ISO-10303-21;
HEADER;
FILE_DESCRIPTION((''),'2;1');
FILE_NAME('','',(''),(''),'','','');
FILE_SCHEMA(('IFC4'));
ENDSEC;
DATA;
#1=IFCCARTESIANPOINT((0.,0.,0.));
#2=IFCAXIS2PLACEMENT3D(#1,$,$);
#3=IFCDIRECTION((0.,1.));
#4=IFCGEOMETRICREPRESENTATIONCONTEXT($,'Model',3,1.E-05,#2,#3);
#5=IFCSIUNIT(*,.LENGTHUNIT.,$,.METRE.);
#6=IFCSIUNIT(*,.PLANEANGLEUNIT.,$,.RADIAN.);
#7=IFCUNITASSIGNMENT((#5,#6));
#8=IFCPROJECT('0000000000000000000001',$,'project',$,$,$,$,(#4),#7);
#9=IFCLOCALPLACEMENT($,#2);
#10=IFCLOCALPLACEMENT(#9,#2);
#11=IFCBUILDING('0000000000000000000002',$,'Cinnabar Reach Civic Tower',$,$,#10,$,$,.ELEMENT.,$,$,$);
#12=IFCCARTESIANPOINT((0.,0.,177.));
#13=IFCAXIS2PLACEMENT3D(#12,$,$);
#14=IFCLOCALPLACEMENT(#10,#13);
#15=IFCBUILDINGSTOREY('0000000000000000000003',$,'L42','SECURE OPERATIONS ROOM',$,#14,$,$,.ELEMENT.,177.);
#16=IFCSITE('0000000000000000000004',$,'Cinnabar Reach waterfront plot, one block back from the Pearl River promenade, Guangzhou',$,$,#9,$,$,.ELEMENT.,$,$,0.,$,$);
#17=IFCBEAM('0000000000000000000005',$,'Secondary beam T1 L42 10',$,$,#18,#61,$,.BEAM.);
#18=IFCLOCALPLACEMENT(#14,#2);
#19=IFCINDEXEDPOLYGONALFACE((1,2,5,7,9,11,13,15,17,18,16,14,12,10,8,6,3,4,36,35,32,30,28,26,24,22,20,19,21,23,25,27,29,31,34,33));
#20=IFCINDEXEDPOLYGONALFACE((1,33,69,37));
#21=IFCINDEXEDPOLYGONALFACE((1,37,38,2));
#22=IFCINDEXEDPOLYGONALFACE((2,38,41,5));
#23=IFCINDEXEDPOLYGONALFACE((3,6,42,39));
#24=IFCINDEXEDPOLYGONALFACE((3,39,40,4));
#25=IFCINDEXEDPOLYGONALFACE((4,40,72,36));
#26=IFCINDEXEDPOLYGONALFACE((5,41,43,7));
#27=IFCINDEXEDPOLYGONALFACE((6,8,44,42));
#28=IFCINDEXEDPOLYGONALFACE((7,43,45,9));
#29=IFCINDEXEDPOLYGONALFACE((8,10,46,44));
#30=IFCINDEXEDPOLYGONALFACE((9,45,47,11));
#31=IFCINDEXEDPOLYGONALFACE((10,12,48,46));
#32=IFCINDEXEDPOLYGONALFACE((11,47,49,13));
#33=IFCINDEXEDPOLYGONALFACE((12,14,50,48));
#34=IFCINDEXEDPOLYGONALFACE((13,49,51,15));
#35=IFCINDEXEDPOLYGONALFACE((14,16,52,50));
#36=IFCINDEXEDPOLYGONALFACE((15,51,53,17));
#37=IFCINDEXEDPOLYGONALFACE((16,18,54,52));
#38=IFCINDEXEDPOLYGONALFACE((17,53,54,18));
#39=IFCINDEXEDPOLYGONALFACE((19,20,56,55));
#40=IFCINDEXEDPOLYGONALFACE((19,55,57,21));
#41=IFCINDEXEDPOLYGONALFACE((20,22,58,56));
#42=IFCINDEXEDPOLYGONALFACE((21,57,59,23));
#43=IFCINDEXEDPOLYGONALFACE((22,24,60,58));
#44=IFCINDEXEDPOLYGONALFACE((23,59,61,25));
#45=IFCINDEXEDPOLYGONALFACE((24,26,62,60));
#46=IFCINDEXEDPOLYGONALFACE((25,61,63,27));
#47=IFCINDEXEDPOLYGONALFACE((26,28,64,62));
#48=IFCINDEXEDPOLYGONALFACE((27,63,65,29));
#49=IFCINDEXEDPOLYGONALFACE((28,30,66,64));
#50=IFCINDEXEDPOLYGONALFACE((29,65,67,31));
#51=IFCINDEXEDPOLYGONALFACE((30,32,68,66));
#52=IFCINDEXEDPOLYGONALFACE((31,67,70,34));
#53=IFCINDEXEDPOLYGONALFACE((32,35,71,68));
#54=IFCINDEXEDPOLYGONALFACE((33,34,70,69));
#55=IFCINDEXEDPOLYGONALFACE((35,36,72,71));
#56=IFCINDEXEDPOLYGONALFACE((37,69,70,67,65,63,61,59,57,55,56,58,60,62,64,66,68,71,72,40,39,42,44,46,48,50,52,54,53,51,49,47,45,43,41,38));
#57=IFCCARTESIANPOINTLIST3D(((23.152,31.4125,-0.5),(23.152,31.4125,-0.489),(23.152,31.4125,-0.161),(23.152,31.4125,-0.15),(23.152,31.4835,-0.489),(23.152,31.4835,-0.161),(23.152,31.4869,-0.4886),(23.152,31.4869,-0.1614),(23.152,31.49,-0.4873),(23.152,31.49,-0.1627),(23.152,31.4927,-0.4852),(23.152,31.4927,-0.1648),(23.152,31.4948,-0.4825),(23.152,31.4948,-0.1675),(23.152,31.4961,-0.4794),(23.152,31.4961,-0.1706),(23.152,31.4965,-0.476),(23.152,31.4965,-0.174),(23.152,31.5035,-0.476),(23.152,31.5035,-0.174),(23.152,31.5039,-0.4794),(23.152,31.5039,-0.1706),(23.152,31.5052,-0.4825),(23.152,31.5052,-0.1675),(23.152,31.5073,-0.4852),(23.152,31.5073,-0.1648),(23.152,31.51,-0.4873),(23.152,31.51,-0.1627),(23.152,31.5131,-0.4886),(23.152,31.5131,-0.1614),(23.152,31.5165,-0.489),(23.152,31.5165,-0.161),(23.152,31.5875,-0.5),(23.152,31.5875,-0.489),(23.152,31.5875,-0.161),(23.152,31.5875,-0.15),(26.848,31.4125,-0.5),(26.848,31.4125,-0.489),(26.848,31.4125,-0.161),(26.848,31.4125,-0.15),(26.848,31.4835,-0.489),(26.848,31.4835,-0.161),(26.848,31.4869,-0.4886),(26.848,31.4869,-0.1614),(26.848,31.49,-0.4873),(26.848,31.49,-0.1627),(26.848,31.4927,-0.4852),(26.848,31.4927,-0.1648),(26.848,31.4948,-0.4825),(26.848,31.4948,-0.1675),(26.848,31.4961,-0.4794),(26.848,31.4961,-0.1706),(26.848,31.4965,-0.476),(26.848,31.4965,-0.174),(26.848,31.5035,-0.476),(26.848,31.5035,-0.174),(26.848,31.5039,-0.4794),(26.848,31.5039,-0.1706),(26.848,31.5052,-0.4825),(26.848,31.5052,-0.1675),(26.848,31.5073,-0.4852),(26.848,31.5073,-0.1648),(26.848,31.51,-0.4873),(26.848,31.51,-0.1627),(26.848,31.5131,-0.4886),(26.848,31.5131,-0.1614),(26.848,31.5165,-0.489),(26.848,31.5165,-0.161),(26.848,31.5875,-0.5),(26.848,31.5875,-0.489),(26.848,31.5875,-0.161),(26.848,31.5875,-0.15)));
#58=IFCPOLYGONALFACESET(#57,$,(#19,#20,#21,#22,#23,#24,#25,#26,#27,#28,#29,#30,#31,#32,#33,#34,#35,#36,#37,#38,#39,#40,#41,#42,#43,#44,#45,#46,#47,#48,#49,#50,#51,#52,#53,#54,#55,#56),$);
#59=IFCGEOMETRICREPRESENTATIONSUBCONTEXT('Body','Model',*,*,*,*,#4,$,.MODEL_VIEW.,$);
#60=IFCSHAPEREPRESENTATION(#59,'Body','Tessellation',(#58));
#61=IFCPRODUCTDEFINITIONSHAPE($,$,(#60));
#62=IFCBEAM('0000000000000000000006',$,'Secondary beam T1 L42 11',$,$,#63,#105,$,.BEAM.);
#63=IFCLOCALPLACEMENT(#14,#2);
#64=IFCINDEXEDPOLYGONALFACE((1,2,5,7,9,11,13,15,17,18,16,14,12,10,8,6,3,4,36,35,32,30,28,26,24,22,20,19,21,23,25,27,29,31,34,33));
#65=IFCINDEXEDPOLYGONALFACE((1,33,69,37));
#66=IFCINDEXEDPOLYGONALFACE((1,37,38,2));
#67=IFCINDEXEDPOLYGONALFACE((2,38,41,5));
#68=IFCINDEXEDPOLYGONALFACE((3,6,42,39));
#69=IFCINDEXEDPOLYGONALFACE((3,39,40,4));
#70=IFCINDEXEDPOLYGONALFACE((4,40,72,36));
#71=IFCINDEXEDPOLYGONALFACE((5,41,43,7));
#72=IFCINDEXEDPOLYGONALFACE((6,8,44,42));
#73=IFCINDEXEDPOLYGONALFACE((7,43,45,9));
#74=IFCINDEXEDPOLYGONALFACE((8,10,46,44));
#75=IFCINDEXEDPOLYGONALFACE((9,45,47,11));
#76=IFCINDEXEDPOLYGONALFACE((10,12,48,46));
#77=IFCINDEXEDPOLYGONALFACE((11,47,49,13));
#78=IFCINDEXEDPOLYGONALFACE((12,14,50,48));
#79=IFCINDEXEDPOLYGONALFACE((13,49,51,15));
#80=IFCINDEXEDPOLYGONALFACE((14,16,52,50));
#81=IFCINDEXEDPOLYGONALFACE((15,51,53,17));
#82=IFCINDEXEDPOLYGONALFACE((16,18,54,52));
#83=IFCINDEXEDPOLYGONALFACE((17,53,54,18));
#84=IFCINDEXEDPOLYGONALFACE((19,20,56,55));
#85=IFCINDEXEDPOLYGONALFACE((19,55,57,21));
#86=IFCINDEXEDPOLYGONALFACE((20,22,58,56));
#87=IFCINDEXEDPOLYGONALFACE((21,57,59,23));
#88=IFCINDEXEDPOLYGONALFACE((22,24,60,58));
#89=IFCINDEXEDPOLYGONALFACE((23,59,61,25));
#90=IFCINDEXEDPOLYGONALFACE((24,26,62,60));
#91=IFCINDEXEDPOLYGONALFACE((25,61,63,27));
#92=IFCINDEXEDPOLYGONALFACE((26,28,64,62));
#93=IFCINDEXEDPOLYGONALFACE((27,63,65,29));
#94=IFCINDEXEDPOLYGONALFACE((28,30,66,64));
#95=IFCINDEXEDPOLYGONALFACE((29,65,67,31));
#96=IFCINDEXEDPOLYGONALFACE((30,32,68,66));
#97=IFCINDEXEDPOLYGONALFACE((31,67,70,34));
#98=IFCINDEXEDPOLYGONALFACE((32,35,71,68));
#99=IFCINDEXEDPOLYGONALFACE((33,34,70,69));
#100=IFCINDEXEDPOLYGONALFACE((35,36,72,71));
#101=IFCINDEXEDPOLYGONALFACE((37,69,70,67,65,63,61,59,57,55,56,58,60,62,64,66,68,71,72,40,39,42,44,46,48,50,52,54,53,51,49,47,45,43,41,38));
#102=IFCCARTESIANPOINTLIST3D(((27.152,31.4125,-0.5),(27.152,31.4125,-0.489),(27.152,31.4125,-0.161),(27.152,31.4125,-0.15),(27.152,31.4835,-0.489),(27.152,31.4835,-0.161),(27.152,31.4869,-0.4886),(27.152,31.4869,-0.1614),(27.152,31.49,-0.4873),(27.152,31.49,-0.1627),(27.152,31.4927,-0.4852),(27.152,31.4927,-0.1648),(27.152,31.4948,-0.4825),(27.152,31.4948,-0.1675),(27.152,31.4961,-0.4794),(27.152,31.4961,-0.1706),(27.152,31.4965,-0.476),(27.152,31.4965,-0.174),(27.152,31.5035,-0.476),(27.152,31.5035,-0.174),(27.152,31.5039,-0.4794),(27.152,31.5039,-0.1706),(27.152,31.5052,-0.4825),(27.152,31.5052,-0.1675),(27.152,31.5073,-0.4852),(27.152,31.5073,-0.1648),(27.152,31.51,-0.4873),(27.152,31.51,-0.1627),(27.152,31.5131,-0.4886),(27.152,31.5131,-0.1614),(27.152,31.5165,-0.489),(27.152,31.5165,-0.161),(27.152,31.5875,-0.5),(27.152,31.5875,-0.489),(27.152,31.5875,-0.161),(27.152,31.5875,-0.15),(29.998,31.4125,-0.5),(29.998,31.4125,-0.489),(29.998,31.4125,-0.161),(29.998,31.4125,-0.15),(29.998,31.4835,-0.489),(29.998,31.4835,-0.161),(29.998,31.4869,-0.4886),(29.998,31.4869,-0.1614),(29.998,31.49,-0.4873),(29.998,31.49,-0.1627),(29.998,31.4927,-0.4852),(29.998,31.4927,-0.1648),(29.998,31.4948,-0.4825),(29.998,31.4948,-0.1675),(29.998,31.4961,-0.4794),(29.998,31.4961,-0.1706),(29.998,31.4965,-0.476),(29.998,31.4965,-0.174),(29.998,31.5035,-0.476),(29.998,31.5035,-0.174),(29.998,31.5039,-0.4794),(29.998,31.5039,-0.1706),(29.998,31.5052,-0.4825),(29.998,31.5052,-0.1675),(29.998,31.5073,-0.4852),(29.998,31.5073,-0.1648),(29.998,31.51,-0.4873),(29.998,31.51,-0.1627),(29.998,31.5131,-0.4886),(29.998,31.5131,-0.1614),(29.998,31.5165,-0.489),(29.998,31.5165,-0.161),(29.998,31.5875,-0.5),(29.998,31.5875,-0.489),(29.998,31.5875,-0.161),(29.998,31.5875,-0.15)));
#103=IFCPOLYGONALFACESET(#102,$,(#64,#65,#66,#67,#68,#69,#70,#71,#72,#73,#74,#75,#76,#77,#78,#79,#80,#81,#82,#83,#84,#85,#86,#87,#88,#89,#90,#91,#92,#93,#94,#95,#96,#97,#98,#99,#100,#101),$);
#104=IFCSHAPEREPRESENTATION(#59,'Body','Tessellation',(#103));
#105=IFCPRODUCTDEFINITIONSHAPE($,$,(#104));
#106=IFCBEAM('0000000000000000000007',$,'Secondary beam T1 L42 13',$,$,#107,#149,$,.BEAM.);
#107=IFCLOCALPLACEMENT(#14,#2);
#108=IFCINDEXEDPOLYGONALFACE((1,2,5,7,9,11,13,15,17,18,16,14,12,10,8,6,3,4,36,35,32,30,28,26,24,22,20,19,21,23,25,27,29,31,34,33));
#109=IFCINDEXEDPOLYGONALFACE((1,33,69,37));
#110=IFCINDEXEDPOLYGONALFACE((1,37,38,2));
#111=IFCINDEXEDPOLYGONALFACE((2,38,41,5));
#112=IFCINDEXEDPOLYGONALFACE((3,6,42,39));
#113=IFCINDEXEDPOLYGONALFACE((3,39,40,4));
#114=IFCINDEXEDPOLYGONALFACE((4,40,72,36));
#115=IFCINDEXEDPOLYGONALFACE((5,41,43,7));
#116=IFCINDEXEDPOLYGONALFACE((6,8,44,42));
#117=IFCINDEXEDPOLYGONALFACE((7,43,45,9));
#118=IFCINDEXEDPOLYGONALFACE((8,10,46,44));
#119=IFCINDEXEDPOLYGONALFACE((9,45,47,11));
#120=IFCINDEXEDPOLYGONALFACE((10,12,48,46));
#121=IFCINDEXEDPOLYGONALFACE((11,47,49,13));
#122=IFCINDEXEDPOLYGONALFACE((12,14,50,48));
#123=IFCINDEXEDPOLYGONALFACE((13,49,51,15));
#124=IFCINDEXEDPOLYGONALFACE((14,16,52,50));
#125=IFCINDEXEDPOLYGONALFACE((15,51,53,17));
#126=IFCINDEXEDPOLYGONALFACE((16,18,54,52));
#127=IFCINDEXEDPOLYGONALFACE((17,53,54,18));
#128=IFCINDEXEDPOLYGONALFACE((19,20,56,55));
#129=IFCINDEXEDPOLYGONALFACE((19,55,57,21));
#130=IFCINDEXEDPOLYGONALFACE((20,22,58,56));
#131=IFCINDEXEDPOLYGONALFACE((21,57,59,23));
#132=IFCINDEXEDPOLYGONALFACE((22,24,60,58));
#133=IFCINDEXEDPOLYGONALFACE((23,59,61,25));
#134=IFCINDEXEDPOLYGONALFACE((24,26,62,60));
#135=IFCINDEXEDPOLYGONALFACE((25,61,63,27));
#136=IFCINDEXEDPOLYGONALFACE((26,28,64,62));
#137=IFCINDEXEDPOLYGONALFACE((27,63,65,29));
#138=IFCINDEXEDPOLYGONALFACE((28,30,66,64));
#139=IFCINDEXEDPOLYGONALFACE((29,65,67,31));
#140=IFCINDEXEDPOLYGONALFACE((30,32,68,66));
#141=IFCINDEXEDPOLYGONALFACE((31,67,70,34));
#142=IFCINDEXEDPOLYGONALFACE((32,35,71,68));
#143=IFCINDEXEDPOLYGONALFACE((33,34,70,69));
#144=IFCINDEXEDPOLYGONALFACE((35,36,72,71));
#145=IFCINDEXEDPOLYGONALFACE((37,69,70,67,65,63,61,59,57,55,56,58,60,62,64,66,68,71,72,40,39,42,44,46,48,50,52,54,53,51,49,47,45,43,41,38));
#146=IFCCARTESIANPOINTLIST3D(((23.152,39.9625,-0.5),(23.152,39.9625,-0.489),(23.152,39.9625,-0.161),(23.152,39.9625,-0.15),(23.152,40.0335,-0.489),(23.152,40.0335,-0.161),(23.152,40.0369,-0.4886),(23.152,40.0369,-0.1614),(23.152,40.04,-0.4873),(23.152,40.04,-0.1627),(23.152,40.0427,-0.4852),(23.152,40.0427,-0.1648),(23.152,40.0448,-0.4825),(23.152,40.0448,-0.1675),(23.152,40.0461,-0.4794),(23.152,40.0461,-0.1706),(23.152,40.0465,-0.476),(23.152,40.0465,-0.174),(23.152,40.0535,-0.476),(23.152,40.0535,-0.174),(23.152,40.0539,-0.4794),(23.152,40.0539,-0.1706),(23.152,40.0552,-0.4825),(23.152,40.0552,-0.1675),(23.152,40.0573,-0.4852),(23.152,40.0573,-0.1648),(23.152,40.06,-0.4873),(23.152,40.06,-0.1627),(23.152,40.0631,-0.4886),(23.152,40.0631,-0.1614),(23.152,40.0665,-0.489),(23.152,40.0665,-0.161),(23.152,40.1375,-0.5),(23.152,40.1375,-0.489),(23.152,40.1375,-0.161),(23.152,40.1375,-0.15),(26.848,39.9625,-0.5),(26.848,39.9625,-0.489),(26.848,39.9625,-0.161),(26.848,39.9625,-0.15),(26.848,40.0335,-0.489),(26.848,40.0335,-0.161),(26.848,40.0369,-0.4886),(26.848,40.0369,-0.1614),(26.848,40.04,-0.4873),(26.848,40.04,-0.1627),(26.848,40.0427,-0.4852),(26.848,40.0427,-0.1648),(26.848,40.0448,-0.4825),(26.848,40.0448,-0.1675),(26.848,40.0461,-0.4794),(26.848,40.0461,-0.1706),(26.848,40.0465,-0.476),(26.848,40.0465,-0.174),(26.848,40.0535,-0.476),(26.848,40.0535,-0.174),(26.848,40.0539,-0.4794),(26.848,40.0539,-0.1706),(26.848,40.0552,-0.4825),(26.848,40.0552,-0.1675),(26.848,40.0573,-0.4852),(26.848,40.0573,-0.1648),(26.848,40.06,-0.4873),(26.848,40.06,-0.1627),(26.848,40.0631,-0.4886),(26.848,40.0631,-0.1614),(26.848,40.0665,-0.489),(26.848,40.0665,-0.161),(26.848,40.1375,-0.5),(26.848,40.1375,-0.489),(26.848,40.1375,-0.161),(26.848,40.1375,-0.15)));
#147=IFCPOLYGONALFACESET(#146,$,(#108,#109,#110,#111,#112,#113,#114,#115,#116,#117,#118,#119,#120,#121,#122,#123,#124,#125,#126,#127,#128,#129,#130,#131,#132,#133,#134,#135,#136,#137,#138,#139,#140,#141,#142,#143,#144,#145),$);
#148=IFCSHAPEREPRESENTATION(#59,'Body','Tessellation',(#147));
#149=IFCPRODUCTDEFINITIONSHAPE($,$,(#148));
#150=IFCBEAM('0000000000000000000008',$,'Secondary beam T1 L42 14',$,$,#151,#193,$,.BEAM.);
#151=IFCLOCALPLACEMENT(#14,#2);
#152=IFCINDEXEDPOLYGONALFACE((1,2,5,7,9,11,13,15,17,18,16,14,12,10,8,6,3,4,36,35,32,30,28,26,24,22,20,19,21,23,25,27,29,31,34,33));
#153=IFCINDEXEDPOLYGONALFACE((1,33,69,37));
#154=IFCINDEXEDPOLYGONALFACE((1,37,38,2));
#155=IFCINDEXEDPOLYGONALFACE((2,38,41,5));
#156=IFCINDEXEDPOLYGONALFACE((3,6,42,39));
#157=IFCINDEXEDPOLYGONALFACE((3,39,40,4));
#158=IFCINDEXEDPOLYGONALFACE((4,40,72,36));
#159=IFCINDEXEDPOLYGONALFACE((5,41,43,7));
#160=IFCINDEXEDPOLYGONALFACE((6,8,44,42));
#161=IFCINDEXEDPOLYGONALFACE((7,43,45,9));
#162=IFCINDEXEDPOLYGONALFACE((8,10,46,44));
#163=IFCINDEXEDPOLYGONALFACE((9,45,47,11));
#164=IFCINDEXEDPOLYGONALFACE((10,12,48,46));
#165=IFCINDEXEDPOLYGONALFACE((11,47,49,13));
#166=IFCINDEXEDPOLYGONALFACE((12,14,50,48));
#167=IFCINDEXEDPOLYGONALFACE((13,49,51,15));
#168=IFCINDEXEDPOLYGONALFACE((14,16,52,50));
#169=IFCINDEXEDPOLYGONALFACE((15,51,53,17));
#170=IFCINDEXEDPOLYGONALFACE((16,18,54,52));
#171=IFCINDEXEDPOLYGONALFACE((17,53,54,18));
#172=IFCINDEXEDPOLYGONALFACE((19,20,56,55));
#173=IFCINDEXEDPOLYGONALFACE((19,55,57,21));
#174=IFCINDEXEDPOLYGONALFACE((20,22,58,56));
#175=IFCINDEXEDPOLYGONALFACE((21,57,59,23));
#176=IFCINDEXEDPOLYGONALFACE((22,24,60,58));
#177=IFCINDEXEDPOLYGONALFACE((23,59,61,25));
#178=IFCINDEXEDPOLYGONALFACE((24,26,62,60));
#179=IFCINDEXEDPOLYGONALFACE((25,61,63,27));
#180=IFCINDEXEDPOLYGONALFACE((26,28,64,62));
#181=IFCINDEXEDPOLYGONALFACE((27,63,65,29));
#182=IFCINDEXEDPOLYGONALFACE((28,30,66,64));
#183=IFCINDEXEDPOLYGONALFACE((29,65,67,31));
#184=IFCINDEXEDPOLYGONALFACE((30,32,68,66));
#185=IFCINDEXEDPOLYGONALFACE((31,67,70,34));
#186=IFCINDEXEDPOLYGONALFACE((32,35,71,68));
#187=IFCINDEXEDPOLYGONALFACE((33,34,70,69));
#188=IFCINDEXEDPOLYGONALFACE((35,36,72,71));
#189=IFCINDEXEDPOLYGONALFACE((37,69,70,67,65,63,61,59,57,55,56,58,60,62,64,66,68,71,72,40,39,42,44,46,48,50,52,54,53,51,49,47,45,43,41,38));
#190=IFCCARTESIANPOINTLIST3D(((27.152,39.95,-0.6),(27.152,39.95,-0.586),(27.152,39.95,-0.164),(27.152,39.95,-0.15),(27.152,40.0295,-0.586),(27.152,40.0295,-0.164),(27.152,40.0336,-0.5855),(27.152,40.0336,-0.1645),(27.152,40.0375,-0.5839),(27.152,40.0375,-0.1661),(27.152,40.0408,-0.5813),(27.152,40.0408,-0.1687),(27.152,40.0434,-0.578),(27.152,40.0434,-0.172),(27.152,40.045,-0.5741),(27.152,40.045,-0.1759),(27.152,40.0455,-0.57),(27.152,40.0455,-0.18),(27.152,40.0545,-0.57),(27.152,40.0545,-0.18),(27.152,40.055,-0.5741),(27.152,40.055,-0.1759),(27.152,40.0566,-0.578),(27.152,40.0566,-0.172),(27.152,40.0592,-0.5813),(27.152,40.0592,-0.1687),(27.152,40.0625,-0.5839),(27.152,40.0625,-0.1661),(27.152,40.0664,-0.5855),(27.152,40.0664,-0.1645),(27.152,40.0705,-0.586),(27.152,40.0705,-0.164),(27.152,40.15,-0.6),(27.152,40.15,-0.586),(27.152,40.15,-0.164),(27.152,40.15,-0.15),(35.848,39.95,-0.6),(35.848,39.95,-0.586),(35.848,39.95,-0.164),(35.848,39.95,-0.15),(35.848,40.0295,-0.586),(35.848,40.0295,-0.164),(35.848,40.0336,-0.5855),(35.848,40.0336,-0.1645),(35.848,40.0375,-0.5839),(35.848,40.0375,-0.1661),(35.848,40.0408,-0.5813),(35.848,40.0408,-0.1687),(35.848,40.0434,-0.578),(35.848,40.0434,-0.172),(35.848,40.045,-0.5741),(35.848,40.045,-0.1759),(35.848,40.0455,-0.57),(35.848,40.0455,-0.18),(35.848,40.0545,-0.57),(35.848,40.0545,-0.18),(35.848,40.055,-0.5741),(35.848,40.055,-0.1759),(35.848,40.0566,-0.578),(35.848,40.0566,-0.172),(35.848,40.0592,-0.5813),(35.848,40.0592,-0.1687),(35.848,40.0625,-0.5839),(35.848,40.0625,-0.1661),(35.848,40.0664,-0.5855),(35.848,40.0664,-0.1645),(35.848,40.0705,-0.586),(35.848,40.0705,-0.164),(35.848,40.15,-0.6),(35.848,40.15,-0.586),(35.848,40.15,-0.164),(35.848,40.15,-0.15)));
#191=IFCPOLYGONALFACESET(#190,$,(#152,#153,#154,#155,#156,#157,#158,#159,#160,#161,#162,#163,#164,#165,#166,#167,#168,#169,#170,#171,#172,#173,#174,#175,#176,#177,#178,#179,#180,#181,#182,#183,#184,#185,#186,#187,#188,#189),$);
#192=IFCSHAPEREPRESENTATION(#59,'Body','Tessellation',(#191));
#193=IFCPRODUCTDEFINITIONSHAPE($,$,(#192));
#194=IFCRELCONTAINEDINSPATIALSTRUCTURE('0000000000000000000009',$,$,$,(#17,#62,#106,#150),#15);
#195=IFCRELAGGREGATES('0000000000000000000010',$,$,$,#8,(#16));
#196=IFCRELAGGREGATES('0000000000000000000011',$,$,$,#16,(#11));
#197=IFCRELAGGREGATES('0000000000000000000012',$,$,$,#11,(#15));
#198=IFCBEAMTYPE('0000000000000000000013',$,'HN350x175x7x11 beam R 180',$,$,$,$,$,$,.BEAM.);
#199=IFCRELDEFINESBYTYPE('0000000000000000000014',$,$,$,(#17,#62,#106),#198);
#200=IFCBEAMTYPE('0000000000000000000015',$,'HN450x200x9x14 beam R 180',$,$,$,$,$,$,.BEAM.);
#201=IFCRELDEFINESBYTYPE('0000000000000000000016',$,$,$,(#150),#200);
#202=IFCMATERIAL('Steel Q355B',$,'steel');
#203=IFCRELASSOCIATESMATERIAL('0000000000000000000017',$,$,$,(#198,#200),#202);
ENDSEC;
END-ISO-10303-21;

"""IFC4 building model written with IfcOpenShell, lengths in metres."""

from ifc_helpers import new_model, si_unit, direction, frame, origin, origin_2d, place, context, subcontext, project, spatial, i_section, extrude, material, material_profile, profile_set, type_object, element, save


model = new_model("IFC4")

# Units and contexts
model_context = context("Model", 3, precision=1e-05, world=origin(), true_north=direction((0.0, 1.0)))
body_context = subcontext(model_context, "Body", "Model", "MODEL_VIEW")
ifc_project = project(units=[si_unit("LENGTHUNIT", "METRE"), si_unit("PLANEANGLEUNIT", "RADIAN")], contexts=[model_context])

# Site, building, storey
site_placement = place(None, origin())
site = spatial("IfcSite", under=ifc_project, at=site_placement, Name="Cinnabar Reach waterfront plot, one block back from the Pearl River promenade, Guangzhou", CompositionType="ELEMENT", RefElevation=0.0)
building_placement = place(site_placement, origin())
building = spatial("IfcBuilding", under=site, at=building_placement, Name="Cinnabar Reach Civic Tower", CompositionType="ELEMENT")
storey_placement = place(building_placement, frame((0.0, 0.0, 177.0)))
storey = spatial("IfcBuildingStorey", under=building, at=storey_placement, Name="L42", Description="SECURE OPERATIONS ROOM", CompositionType="ELEMENT", Elevation=177.0)

# Beams
ifc_material_1 = material(Name="Steel Q355B", Category="steel")
ifc_material_profile_1 = material_profile(ifc_material_1, i_section(OverallWidth=0.175, OverallDepth=0.35, WebThickness=0.007, FlangeThickness=0.011, FilletRadius=0.013, at=origin_2d()), Name="HN350x175x7x11")
ifc_profile_set_1 = profile_set([ifc_material_profile_1], Name="Steel Q355B")
beam_type_1 = type_object("IfcBeamType", Name="HN350x175x7x11 beam R 180", PredefinedType="BEAM", material=ifc_profile_set_1)
beam_1_placement = place(storey_placement, frame((23.152, 31.5, -0.325), z_axis=(1.0, 0.0, 0.0), x_axis=(0.0, 1.0, 0.0)))
element("IfcBeam", 1, at=beam_1_placement, inside=storey, type_object=beam_type_1, Name="Secondary beam T1 L42 10", PredefinedType="BEAM", context=body_context, shape_type="SweptSolid", body=[
    extrude(i_section(OverallWidth=0.175, OverallDepth=0.35, WebThickness=0.007, FlangeThickness=0.011, FilletRadius=0.013, at=origin_2d()), origin(), (0.0, 0.0, 1.0), 3.696),
])
beam_2_placement = place(storey_placement, frame((27.152, 31.5, -0.325), z_axis=(1.0, 0.0, 0.0), x_axis=(0.0, 1.0, 0.0)))
element("IfcBeam", 2, at=beam_2_placement, inside=storey, type_object=beam_type_1, Name="Secondary beam T1 L42 11", PredefinedType="BEAM", context=body_context, shape_type="SweptSolid", body=[
    extrude(i_section(OverallWidth=0.175, OverallDepth=0.35, WebThickness=0.007, FlangeThickness=0.011, FilletRadius=0.013, at=origin_2d()), origin(), (0.0, 0.0, 1.0), 2.846),
])
beam_3_placement = place(storey_placement, frame((23.152, 40.05, -0.325), z_axis=(1.0, 0.0, 0.0), x_axis=(0.0, 1.0, 0.0)))
element("IfcBeam", 3, at=beam_3_placement, inside=storey, type_object=beam_type_1, Name="Secondary beam T1 L42 13", PredefinedType="BEAM", context=body_context, shape_type="SweptSolid", body=[
    extrude(i_section(OverallWidth=0.175, OverallDepth=0.35, WebThickness=0.007, FlangeThickness=0.011, FilletRadius=0.013, at=origin_2d()), origin(), (0.0, 0.0, 1.0), 3.696),
])
ifc_material_profile_2 = material_profile(ifc_material_1, i_section(OverallWidth=0.2, OverallDepth=0.45, WebThickness=0.009, FlangeThickness=0.014, FilletRadius=0.016, at=origin_2d()), Name="HN450x200x9x14")
ifc_profile_set_2 = profile_set([ifc_material_profile_2], Name="Steel Q355B")
beam_type_2 = type_object("IfcBeamType", Name="HN450x200x9x14 beam R 180", PredefinedType="BEAM", material=ifc_profile_set_2)
for number, where, z_axis, x_axis, name in (
    (4, (27.152, 40.05, -0.375), (1.0, 0.0, 0.0), (0.0, 1.0, 0.0), "Secondary beam T1 L42 14"),
):
    element("IfcBeam", number, at=place(storey_placement, frame(where, z_axis=z_axis, x_axis=x_axis)), inside=storey, type_object=beam_type_2, Name=name, PredefinedType="BEAM", context=body_context, shape_type="SweptSolid", body=[
        extrude(i_section(OverallWidth=0.2, OverallDepth=0.45, WebThickness=0.009, FlangeThickness=0.014, FilletRadius=0.016, at=origin_2d()), origin(), (0.0, 0.0, 1.0), 8.696),
    ])

save(model, "model.ifc")
